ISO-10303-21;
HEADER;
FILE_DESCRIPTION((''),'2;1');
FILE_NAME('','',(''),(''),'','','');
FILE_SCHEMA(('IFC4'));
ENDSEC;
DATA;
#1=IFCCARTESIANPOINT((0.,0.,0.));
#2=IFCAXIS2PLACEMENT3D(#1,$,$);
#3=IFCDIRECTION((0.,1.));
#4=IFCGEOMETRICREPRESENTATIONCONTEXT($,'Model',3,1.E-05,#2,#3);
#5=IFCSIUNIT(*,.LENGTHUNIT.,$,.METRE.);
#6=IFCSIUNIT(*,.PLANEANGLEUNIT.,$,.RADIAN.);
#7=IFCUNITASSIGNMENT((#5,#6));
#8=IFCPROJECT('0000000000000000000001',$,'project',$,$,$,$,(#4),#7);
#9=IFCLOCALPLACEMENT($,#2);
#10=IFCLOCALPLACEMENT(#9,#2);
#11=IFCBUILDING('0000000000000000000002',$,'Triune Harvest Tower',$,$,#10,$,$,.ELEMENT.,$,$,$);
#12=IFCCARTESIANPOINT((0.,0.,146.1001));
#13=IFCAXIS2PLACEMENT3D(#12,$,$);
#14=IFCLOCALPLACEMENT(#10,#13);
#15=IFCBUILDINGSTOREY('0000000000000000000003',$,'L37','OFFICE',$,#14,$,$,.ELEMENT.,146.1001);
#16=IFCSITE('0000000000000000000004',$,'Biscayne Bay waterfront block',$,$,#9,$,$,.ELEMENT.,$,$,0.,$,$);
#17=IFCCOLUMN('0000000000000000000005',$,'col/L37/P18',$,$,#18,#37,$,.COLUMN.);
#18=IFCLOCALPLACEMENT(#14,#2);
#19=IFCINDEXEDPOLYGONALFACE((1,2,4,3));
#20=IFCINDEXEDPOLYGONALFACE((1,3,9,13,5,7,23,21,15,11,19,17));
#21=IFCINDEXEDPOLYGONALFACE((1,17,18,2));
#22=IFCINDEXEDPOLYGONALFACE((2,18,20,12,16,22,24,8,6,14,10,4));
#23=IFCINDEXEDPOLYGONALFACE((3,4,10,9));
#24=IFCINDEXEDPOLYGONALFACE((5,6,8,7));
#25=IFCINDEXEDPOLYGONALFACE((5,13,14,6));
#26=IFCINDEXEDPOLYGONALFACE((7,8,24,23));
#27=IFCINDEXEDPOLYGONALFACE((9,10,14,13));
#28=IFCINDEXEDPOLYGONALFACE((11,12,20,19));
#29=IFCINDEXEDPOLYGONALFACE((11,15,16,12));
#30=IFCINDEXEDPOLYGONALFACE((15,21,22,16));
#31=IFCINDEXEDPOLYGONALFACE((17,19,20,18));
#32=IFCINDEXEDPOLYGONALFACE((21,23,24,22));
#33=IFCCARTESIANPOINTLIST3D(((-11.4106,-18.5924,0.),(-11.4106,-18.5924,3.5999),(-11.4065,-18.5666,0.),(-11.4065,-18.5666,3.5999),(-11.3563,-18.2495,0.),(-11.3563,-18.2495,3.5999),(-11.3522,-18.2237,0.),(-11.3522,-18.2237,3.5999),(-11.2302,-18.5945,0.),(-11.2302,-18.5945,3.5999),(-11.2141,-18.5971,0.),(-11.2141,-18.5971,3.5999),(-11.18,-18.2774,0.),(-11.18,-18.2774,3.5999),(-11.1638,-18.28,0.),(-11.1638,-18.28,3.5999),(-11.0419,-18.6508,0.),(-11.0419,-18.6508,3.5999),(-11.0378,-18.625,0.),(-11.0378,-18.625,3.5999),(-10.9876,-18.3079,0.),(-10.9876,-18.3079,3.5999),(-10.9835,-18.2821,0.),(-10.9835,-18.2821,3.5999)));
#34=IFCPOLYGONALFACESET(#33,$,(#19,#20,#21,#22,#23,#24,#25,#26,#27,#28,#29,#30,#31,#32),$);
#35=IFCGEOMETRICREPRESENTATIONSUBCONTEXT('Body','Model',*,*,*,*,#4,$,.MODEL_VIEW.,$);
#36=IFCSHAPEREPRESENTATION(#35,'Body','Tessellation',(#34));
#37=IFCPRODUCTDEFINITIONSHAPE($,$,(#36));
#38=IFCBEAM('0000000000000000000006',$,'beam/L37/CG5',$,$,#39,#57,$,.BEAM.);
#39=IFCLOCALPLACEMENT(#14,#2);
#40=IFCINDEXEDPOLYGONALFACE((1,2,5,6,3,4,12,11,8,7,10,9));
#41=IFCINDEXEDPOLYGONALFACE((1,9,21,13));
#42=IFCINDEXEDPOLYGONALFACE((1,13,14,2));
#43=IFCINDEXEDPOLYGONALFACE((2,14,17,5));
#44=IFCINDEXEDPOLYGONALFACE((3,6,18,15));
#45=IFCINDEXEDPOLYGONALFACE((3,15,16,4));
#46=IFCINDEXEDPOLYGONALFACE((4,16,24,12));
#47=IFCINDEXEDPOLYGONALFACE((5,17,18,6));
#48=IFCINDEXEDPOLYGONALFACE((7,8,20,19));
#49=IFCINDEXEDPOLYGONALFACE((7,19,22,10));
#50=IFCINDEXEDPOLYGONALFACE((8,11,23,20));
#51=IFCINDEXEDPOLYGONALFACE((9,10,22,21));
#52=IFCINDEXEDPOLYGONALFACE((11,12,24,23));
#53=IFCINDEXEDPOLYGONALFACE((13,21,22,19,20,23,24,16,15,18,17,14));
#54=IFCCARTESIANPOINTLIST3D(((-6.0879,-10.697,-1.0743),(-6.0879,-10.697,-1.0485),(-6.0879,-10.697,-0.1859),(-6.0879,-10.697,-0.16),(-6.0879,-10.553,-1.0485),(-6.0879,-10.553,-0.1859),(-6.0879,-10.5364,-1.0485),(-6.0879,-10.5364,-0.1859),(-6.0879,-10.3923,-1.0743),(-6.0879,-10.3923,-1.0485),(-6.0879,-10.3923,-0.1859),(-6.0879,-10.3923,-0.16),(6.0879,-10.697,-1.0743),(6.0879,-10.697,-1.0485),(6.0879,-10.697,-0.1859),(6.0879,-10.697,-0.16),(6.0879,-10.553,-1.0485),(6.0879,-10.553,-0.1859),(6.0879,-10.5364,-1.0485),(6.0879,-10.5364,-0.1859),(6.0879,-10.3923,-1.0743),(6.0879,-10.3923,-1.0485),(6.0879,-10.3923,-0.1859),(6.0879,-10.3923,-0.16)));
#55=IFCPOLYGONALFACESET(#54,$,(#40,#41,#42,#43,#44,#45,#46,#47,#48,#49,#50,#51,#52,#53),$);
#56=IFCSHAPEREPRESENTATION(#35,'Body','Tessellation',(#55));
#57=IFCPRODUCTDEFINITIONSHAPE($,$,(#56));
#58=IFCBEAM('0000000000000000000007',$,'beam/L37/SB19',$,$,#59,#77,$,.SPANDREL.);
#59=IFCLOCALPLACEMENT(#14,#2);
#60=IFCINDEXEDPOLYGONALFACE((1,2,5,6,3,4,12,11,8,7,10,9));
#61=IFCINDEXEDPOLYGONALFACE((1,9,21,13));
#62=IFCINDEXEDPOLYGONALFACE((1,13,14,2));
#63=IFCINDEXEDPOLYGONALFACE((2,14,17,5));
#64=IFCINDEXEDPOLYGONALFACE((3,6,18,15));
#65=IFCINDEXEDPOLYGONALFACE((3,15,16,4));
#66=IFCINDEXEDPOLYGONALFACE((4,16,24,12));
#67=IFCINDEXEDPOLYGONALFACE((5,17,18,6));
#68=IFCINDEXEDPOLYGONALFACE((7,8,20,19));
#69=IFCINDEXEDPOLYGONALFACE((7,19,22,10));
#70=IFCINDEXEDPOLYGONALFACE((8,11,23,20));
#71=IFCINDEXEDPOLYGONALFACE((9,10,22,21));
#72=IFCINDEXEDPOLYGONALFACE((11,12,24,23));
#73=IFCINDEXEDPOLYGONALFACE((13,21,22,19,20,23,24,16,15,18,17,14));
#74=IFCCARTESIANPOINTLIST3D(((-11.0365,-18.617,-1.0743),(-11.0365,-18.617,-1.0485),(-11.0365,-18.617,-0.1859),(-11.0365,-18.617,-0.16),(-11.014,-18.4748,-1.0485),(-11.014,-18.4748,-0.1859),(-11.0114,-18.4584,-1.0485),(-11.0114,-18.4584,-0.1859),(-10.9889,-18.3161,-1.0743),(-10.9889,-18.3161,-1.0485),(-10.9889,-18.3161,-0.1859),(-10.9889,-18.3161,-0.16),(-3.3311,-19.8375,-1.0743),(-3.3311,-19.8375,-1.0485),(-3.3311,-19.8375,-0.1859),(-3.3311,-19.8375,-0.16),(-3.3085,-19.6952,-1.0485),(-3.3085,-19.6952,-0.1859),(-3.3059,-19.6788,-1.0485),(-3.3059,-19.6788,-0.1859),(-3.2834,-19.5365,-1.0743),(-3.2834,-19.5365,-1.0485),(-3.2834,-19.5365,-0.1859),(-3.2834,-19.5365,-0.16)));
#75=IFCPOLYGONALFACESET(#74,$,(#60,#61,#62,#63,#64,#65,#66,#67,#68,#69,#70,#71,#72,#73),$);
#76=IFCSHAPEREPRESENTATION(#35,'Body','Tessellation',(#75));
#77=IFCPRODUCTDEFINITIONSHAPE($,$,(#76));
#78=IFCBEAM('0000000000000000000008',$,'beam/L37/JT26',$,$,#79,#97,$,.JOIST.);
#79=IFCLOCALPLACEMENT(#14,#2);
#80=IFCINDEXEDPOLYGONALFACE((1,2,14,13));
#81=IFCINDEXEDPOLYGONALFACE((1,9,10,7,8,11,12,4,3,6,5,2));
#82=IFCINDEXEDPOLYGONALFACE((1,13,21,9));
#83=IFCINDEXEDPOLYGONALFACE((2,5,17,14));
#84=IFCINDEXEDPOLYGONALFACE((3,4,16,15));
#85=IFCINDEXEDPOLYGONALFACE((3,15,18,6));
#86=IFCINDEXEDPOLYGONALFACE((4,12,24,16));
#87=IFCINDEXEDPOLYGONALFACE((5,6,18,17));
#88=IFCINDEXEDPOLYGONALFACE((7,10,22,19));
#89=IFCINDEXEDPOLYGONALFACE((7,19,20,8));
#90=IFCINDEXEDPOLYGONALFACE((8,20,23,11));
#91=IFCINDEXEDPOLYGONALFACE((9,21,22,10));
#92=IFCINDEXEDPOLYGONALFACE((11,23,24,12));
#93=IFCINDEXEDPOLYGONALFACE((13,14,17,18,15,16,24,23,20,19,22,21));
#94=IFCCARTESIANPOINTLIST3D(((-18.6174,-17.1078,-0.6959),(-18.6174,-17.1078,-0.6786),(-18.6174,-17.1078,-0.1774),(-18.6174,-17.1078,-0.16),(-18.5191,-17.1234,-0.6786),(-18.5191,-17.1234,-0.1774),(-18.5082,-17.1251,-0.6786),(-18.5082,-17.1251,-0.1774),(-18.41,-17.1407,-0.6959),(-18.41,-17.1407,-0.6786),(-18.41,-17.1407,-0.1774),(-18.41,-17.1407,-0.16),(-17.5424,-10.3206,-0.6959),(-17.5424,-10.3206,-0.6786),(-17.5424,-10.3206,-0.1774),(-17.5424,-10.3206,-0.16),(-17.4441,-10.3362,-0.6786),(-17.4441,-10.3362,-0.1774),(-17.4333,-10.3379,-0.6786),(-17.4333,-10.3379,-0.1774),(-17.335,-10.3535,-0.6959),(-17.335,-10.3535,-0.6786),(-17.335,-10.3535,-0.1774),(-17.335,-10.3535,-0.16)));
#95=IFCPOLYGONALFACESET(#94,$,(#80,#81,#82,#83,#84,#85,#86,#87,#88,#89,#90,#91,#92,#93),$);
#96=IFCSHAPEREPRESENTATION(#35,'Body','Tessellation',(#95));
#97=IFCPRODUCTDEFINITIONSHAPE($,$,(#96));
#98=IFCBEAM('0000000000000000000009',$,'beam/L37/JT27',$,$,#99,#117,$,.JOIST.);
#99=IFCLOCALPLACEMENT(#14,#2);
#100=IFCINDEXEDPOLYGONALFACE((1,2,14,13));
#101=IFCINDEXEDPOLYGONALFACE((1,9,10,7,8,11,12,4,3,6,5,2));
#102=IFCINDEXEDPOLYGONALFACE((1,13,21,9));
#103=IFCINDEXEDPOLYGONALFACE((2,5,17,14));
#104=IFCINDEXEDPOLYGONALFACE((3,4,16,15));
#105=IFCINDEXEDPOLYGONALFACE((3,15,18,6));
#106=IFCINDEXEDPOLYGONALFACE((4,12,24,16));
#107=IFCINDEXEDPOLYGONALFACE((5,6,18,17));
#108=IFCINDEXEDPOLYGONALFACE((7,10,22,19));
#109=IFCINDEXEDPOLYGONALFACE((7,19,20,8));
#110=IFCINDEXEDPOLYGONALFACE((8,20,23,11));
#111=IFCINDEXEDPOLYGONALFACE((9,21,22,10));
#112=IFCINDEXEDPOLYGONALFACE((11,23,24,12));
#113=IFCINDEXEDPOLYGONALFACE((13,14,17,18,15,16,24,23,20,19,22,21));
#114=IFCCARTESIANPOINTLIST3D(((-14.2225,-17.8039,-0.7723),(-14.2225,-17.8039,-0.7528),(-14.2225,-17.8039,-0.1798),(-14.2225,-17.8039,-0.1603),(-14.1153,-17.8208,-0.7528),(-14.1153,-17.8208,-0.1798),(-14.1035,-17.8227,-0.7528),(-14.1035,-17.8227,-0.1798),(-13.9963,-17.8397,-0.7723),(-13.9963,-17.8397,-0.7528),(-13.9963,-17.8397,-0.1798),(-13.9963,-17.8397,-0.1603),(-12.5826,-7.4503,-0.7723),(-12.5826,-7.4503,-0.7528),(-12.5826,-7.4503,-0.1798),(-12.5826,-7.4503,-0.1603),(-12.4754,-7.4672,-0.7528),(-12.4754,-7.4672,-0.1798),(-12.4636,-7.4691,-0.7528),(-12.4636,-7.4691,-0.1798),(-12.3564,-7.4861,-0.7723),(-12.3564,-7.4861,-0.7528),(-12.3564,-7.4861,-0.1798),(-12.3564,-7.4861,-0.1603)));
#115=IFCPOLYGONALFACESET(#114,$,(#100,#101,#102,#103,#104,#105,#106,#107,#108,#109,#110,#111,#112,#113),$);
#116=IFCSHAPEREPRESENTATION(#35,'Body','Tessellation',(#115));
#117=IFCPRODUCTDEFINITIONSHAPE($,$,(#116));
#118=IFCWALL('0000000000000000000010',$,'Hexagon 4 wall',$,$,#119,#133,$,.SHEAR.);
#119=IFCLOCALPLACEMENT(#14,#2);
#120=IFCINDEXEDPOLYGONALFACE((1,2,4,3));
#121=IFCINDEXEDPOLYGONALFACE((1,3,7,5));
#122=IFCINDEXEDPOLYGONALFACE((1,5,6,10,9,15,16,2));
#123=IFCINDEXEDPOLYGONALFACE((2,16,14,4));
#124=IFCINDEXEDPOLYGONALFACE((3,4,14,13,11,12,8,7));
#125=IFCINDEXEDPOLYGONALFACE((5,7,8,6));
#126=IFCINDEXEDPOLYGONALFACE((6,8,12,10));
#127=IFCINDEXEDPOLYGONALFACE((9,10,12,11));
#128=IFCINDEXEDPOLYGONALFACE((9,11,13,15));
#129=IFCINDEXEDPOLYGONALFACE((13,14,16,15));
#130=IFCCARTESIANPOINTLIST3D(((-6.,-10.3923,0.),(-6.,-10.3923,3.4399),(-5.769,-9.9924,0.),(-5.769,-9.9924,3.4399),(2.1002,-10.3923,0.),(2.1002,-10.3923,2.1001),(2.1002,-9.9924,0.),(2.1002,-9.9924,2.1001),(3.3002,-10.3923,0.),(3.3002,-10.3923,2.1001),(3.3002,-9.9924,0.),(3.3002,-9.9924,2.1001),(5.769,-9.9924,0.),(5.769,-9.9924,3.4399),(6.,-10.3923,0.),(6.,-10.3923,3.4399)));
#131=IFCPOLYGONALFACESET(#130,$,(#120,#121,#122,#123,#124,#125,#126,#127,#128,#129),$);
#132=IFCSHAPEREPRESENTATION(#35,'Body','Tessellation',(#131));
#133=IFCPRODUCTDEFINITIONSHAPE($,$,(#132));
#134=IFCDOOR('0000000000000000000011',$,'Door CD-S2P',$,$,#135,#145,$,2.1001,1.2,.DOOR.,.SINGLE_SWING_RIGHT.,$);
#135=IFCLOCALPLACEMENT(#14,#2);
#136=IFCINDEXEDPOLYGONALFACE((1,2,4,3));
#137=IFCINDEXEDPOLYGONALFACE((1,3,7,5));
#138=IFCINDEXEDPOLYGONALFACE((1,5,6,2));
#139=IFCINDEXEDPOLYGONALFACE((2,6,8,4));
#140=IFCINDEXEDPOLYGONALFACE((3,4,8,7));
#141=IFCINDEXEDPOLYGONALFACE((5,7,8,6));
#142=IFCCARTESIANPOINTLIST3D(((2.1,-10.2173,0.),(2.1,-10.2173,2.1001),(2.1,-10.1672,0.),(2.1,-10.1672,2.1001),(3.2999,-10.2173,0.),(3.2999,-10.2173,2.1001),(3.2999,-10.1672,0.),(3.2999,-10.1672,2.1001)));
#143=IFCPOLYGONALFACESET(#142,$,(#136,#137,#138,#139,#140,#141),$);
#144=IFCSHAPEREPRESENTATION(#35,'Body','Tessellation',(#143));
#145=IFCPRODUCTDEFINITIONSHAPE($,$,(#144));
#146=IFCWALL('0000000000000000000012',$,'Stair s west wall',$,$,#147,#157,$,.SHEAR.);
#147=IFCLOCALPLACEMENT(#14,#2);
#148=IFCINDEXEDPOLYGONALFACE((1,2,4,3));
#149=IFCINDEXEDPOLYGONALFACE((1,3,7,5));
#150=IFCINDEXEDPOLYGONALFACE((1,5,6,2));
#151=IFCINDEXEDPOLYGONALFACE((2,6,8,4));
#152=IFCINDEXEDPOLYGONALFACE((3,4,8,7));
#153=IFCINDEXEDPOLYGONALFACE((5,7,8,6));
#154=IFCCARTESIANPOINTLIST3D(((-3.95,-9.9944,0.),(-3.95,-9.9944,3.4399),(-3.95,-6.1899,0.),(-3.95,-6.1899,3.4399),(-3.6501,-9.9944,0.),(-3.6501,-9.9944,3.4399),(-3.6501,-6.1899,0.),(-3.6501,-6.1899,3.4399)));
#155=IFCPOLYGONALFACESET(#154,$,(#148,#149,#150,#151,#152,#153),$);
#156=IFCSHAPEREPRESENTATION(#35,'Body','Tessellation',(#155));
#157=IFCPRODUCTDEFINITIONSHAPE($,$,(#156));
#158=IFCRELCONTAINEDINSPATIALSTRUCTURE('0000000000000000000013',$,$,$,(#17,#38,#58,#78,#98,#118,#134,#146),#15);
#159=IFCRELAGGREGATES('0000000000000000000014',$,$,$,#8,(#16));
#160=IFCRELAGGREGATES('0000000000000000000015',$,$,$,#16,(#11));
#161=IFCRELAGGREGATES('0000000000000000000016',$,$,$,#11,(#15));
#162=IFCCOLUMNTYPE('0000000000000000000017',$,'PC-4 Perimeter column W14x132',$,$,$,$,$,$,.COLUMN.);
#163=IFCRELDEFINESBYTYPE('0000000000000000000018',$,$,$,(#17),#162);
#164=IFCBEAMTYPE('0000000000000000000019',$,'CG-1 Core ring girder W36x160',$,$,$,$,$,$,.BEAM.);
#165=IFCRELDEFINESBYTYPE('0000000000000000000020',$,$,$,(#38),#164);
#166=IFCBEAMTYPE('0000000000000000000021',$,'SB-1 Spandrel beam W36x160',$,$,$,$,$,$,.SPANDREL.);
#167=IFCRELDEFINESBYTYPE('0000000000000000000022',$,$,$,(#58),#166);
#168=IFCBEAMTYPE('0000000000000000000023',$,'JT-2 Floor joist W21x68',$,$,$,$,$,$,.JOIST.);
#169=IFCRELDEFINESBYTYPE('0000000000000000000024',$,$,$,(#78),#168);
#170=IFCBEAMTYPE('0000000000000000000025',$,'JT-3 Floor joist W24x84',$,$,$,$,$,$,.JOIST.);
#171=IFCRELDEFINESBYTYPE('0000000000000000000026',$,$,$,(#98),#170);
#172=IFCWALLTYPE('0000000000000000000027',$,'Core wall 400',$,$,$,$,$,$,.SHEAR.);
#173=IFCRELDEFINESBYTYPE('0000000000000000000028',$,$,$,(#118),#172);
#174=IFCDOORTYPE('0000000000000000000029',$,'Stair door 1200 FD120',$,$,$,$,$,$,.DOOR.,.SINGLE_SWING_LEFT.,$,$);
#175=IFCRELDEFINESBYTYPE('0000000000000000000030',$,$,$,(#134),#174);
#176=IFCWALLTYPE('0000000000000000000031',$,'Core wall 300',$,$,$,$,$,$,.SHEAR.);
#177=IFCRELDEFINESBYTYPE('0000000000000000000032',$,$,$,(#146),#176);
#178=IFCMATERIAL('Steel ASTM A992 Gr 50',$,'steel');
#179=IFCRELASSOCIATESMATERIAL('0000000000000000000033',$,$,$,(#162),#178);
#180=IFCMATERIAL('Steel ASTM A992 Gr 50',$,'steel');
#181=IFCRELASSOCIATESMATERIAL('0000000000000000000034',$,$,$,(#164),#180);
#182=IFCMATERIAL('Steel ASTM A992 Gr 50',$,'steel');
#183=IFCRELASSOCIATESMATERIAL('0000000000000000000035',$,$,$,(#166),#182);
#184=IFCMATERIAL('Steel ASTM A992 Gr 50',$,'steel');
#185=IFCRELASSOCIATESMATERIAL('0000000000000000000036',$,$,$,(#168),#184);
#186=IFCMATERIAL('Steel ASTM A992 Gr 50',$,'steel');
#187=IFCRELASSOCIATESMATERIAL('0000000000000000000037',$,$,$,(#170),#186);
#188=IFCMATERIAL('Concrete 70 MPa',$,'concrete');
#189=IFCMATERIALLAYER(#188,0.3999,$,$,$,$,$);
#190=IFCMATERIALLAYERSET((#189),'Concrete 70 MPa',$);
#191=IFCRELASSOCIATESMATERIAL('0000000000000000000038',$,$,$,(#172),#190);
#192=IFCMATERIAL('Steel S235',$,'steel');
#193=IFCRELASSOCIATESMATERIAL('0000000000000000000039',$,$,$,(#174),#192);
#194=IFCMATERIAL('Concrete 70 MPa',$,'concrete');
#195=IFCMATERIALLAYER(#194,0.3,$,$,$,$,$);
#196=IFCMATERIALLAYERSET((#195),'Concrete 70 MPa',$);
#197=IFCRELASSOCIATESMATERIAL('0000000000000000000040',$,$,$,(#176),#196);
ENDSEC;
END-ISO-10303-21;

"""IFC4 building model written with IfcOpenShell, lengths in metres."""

from ifc_helpers import new_model, si_unit, direction, frame, frame_2d, origin, origin_2d, place, context, subcontext, project, spatial, polyline, rectangle, i_section, outline, extrude, source, transform, mapped, material, layer, layer_set, material_profile, profile_set, type_object, element, fill, save


model = new_model("IFC4")

# Units and contexts
model_context = context("Model", 3, precision=1e-05, world=origin(), true_north=direction((0.0, 1.0)))
body_context = subcontext(model_context, "Body", "Model", "MODEL_VIEW")
ifc_project = project(units=[si_unit("LENGTHUNIT", "METRE"), si_unit("PLANEANGLEUNIT", "RADIAN")], contexts=[model_context])

# Site, building, storey
site_placement = place(None, origin())
site = spatial("IfcSite", under=ifc_project, at=site_placement, Name="Biscayne Bay waterfront block", CompositionType="ELEMENT", RefElevation=0.0)
building_placement = place(site_placement, origin())
building = spatial("IfcBuilding", under=site, at=building_placement, Name="Triune Harvest Tower", CompositionType="ELEMENT")
storey_placement = place(building_placement, frame((0.0, 0.0, 146.1001)))
storey = spatial("IfcBuildingStorey", under=building, at=storey_placement, Name="L37", Description="OFFICE", CompositionType="ELEMENT", Elevation=146.1001)

# Column
ifc_material_1 = material(Name="Steel ASTM A992 Gr 50", Category="steel")
ifc_material_profile_1 = material_profile(ifc_material_1, i_section(OverallWidth=0.3733, OverallDepth=0.3733, WebThickness=0.0164, FlangeThickness=0.0261, at=origin_2d()), Name="W14x132")
ifc_profile_set_1 = profile_set([ifc_material_profile_1], Name="Steel ASTM A992 Gr 50")
column_type = type_object("IfcColumnType", Name="PC-4 Perimeter column W14x132", PredefinedType="COLUMN", material=ifc_profile_set_1)
shared_shape_1 = source(origin(), body_context, "Body", "SweptSolid", [
    extrude(i_section(OverallWidth=0.3733, OverallDepth=0.3733, WebThickness=0.0164, FlangeThickness=0.0261, at=origin_2d()), origin(), (0.0, 0.0, 1.0), 3.5999),
])
column_placement = place(storey_placement, frame((-11.197, -18.4373, 0.0), z_axis=(0.0, 0.0, 1.0), x_axis=(0.987688, -0.156434, 0.0)))
element("IfcColumn", 1, at=column_placement, inside=storey, type_object=column_type, Name="col/L37/P18", PredefinedType="COLUMN", context=body_context, shape_type="MappedRepresentation", body=[
    mapped(shared_shape_1, transform((0.0, 0.0, 0.0), scale=1.0)),
])

# Beams
ifc_material_2 = material(Name="Steel ASTM A992 Gr 50", Category="steel")
ifc_material_profile_2 = material_profile(ifc_material_2, i_section(OverallWidth=0.3047, OverallDepth=0.9143, WebThickness=0.0166, FlangeThickness=0.0259, at=origin_2d()), Name="W36x160")
ifc_profile_set_2 = profile_set([ifc_material_profile_2], Name="Steel ASTM A992 Gr 50")
beam_type_1 = type_object("IfcBeamType", Name="CG-1 Core ring girder W36x160", PredefinedType="BEAM", material=ifc_profile_set_2)
shared_shape_2 = source(origin(), body_context, "Body", "SweptSolid", [
    extrude(i_section(OverallWidth=0.3047, OverallDepth=0.9143, WebThickness=0.0166, FlangeThickness=0.0259, at=origin_2d()), origin(), (0.0, 0.0, 1.0), 12.1758),
])
beam_1_placement = place(storey_placement, frame((-6.0879, -10.5447, -0.6172), z_axis=(1.0, 0.0, 0.0), x_axis=(0.0, 1.0, 0.0)))
element("IfcBeam", 2, at=beam_1_placement, inside=storey, type_object=beam_type_1, Name="beam/L37/CG5", PredefinedType="BEAM", context=body_context, shape_type="MappedRepresentation", body=[
    mapped(shared_shape_2, transform((0.0, 0.0, 0.0), scale=1.0)),
])
ifc_material_3 = material(Name="Steel ASTM A992 Gr 50", Category="steel")
ifc_material_profile_3 = material_profile(ifc_material_3, i_section(OverallWidth=0.3047, OverallDepth=0.9143, WebThickness=0.0166, FlangeThickness=0.0259, at=origin_2d()), Name="W36x160")
ifc_profile_set_3 = profile_set([ifc_material_profile_3], Name="Steel ASTM A992 Gr 50")
beam_type_2 = type_object("IfcBeamType", Name="SB-1 Spandrel beam W36x160", PredefinedType="SPANDREL", material=ifc_profile_set_3)
shared_shape_3 = source(origin(), body_context, "Body", "SweptSolid", [
    extrude(i_section(OverallWidth=0.3047, OverallDepth=0.9143, WebThickness=0.0166, FlangeThickness=0.0259, at=origin_2d()), origin(), (0.0, 0.0, 1.0), 7.8015),
])
beam_2_placement = place(storey_placement, frame((-11.0127, -18.4666, -0.6172), z_axis=(0.987688, -0.156437, 0.0), x_axis=(0.156437, 0.987688, 0.0)))
element("IfcBeam", 3, at=beam_2_placement, inside=storey, type_object=beam_type_2, Name="beam/L37/SB19", PredefinedType="SPANDREL", context=body_context, shape_type="MappedRepresentation", body=[
    mapped(shared_shape_3, transform((0.0, 0.0, 0.0), scale=1.0)),
])
ifc_material_4 = material(Name="Steel ASTM A992 Gr 50", Category="steel")
ifc_material_profile_4 = material_profile(ifc_material_4, i_section(OverallWidth=0.21, OverallDepth=0.5359, WebThickness=0.011, FlangeThickness=0.0173, at=origin_2d()), Name="W21x68")
ifc_profile_set_4 = profile_set([ifc_material_profile_4], Name="Steel ASTM A992 Gr 50")
beam_type_3 = type_object("IfcBeamType", Name="JT-2 Floor joist W21x68", PredefinedType="JOIST", material=ifc_profile_set_4)
shared_shape_4 = source(origin(), body_context, "Body", "SweptSolid", [
    extrude(i_section(OverallWidth=0.21, OverallDepth=0.5359, WebThickness=0.011, FlangeThickness=0.0173, at=origin_2d()), origin(), (0.0, 0.0, 1.0), 6.8718),
])
beam_3_placement = place(storey_placement, frame((-18.5137, -17.1243, -0.428), z_axis=(0.156431, 0.987689, 0.0), x_axis=(-0.987689, 0.156431, 0.0)))
element("IfcBeam", 4, at=beam_3_placement, inside=storey, type_object=beam_type_3, Name="beam/L37/JT26", PredefinedType="JOIST", context=body_context, shape_type="MappedRepresentation", body=[
    mapped(shared_shape_4, transform((0.0, 0.0, 0.0), scale=1.0)),
])
ifc_material_5 = material(Name="Steel ASTM A992 Gr 50", Category="steel")
ifc_material_profile_5 = material_profile(ifc_material_5, i_section(OverallWidth=0.229, OverallDepth=0.6121, WebThickness=0.012, FlangeThickness=0.0195, at=origin_2d()), Name="W24x84")
ifc_profile_set_5 = profile_set([ifc_material_profile_5], Name="Steel ASTM A992 Gr 50")
beam_type_4 = type_object("IfcBeamType", Name="JT-3 Floor joist W24x84", PredefinedType="JOIST", material=ifc_profile_set_5)
shared_shape_5 = source(origin(), body_context, "Body", "SweptSolid", [
    extrude(i_section(OverallWidth=0.229, OverallDepth=0.6121, WebThickness=0.012, FlangeThickness=0.0195, at=origin_2d()), origin(), (0.0, 0.0, 1.0), 10.4827),
])
beam_4_placement = place(storey_placement, frame((-14.1094, -17.8218, -0.4663), z_axis=(0.15644, 0.987688, 0.0), x_axis=(-0.987688, 0.15644, 0.0)))
element("IfcBeam", 5, at=beam_4_placement, inside=storey, type_object=beam_type_4, Name="beam/L37/JT27", PredefinedType="JOIST", context=body_context, shape_type="MappedRepresentation", body=[
    mapped(shared_shape_5, transform((0.0, 0.0, 0.0), scale=1.0)),
])

# Wall, opening, door
ifc_material_6 = material(Name="Concrete 70 MPa", Category="concrete")
ifc_layer_1 = layer(ifc_material_6, 0.3999)
ifc_layer_set_1 = layer_set([ifc_layer_1], Name="Concrete 70 MPa")
wall_type_1 = type_object("IfcWallType", Name="Core wall 400", PredefinedType="SHEAR", material=ifc_layer_set_1)
shared_shape_6 = source(origin(), body_context, "Body", "SweptSolid", [
    extrude(outline(polyline([(-0.1155, -0.2), (11.8845, -0.2), (11.6536, 0.2), (0.1155, 0.2), (-0.1155, -0.2)])), origin(), (0.0, 0.0, 1.0), 3.4399),
])
wall_1_placement = place(storey_placement, frame((-5.8845, -10.1924, 0.0), z_axis=(0.0, 0.0, 1.0), x_axis=(1.0, 0.0, 0.0)))
wall_1 = element("IfcWall", 6, at=wall_1_placement, inside=storey, type_object=wall_type_1, Name="Hexagon 4 wall", PredefinedType="SHEAR", context=body_context, shape_type="MappedRepresentation", body=[
    mapped(shared_shape_6, transform((0.0, 0.0, 0.0), scale=1.0)),
])
opening_1_placement = place(wall_1_placement, frame((7.9846, 0.0, 0.0)))
opening_1 = element("IfcOpeningElement", 7, at=opening_1_placement, cuts=wall_1, PredefinedType="OPENING", context=body_context, shape_type="SweptSolid", body=[
    extrude(rectangle(XDim=1.2, YDim=2.1001, at=frame_2d((0.6001, 1.05))), frame((0.0, 0.21, 0.0), z_axis=(0.0, -1.0, 0.0), x_axis=(1.0, 0.0, 0.0)), (0.0, 0.0, 1.0), 0.4199),
])
ifc_material_7 = material(Name="Steel S235", Category="steel")
door_type_1 = type_object("IfcDoorType", Name="Stair door 1200 FD120", OperationType="SINGLE_SWING_LEFT", PredefinedType="DOOR", material=ifc_material_7)
door_1_placement = place(opening_1_placement, frame((1.2, 0.0, 0.0), z_axis=(0.0, 0.0, 1.0), x_axis=(-1.0, 0.0, 0.0)))
door_1 = element("IfcDoor", 8, at=door_1_placement, inside=storey, type_object=door_type_1, Name="Door CD-S2P", OperationType="SINGLE_SWING_RIGHT", OverallHeight=2.1001, OverallWidth=1.2, PredefinedType="DOOR", context=body_context, shape_type="SweptSolid", body=[
    extrude(rectangle(XDim=1.2, YDim=2.1001, at=frame_2d((0.6001, 1.05))), frame((0.0, 0.0249, 0.0), z_axis=(0.0, -1.0, 0.0), x_axis=(1.0, 0.0, 0.0)), (0.0, 0.0, 1.0), 0.05),
])
fill(opening_1, door_1)

# Wall
ifc_material_8 = material(Name="Concrete 70 MPa", Category="concrete")
ifc_layer_2 = layer(ifc_material_8, 0.3)
ifc_layer_set_2 = layer_set([ifc_layer_2], Name="Concrete 70 MPa")
wall_type_2 = type_object("IfcWallType", Name="Core wall 300", PredefinedType="SHEAR", material=ifc_layer_set_2)
shared_shape_7 = source(origin(), body_context, "Body", "SweptSolid", [
    extrude(outline(polyline([(3.8, -0.1499), (-0.0044, -0.1499), (-0.0044, 0.1499), (3.8, 0.1499), (3.8, -0.1499)])), origin(), (0.0, 0.0, 1.0), 3.4399),
])
wall_2_placement = place(storey_placement, frame((-3.8, -9.99, 0.0), z_axis=(0.0, 0.0, 1.0), x_axis=(0.0, 1.0, 0.0)))
element("IfcWall", 9, at=wall_2_placement, inside=storey, type_object=wall_type_2, Name="Stair s west wall", PredefinedType="SHEAR", context=body_context, shape_type="MappedRepresentation", body=[
    mapped(shared_shape_7, transform((0.0, 0.0, 0.0), scale=1.0)),
])

save(model, "model.ifc")
